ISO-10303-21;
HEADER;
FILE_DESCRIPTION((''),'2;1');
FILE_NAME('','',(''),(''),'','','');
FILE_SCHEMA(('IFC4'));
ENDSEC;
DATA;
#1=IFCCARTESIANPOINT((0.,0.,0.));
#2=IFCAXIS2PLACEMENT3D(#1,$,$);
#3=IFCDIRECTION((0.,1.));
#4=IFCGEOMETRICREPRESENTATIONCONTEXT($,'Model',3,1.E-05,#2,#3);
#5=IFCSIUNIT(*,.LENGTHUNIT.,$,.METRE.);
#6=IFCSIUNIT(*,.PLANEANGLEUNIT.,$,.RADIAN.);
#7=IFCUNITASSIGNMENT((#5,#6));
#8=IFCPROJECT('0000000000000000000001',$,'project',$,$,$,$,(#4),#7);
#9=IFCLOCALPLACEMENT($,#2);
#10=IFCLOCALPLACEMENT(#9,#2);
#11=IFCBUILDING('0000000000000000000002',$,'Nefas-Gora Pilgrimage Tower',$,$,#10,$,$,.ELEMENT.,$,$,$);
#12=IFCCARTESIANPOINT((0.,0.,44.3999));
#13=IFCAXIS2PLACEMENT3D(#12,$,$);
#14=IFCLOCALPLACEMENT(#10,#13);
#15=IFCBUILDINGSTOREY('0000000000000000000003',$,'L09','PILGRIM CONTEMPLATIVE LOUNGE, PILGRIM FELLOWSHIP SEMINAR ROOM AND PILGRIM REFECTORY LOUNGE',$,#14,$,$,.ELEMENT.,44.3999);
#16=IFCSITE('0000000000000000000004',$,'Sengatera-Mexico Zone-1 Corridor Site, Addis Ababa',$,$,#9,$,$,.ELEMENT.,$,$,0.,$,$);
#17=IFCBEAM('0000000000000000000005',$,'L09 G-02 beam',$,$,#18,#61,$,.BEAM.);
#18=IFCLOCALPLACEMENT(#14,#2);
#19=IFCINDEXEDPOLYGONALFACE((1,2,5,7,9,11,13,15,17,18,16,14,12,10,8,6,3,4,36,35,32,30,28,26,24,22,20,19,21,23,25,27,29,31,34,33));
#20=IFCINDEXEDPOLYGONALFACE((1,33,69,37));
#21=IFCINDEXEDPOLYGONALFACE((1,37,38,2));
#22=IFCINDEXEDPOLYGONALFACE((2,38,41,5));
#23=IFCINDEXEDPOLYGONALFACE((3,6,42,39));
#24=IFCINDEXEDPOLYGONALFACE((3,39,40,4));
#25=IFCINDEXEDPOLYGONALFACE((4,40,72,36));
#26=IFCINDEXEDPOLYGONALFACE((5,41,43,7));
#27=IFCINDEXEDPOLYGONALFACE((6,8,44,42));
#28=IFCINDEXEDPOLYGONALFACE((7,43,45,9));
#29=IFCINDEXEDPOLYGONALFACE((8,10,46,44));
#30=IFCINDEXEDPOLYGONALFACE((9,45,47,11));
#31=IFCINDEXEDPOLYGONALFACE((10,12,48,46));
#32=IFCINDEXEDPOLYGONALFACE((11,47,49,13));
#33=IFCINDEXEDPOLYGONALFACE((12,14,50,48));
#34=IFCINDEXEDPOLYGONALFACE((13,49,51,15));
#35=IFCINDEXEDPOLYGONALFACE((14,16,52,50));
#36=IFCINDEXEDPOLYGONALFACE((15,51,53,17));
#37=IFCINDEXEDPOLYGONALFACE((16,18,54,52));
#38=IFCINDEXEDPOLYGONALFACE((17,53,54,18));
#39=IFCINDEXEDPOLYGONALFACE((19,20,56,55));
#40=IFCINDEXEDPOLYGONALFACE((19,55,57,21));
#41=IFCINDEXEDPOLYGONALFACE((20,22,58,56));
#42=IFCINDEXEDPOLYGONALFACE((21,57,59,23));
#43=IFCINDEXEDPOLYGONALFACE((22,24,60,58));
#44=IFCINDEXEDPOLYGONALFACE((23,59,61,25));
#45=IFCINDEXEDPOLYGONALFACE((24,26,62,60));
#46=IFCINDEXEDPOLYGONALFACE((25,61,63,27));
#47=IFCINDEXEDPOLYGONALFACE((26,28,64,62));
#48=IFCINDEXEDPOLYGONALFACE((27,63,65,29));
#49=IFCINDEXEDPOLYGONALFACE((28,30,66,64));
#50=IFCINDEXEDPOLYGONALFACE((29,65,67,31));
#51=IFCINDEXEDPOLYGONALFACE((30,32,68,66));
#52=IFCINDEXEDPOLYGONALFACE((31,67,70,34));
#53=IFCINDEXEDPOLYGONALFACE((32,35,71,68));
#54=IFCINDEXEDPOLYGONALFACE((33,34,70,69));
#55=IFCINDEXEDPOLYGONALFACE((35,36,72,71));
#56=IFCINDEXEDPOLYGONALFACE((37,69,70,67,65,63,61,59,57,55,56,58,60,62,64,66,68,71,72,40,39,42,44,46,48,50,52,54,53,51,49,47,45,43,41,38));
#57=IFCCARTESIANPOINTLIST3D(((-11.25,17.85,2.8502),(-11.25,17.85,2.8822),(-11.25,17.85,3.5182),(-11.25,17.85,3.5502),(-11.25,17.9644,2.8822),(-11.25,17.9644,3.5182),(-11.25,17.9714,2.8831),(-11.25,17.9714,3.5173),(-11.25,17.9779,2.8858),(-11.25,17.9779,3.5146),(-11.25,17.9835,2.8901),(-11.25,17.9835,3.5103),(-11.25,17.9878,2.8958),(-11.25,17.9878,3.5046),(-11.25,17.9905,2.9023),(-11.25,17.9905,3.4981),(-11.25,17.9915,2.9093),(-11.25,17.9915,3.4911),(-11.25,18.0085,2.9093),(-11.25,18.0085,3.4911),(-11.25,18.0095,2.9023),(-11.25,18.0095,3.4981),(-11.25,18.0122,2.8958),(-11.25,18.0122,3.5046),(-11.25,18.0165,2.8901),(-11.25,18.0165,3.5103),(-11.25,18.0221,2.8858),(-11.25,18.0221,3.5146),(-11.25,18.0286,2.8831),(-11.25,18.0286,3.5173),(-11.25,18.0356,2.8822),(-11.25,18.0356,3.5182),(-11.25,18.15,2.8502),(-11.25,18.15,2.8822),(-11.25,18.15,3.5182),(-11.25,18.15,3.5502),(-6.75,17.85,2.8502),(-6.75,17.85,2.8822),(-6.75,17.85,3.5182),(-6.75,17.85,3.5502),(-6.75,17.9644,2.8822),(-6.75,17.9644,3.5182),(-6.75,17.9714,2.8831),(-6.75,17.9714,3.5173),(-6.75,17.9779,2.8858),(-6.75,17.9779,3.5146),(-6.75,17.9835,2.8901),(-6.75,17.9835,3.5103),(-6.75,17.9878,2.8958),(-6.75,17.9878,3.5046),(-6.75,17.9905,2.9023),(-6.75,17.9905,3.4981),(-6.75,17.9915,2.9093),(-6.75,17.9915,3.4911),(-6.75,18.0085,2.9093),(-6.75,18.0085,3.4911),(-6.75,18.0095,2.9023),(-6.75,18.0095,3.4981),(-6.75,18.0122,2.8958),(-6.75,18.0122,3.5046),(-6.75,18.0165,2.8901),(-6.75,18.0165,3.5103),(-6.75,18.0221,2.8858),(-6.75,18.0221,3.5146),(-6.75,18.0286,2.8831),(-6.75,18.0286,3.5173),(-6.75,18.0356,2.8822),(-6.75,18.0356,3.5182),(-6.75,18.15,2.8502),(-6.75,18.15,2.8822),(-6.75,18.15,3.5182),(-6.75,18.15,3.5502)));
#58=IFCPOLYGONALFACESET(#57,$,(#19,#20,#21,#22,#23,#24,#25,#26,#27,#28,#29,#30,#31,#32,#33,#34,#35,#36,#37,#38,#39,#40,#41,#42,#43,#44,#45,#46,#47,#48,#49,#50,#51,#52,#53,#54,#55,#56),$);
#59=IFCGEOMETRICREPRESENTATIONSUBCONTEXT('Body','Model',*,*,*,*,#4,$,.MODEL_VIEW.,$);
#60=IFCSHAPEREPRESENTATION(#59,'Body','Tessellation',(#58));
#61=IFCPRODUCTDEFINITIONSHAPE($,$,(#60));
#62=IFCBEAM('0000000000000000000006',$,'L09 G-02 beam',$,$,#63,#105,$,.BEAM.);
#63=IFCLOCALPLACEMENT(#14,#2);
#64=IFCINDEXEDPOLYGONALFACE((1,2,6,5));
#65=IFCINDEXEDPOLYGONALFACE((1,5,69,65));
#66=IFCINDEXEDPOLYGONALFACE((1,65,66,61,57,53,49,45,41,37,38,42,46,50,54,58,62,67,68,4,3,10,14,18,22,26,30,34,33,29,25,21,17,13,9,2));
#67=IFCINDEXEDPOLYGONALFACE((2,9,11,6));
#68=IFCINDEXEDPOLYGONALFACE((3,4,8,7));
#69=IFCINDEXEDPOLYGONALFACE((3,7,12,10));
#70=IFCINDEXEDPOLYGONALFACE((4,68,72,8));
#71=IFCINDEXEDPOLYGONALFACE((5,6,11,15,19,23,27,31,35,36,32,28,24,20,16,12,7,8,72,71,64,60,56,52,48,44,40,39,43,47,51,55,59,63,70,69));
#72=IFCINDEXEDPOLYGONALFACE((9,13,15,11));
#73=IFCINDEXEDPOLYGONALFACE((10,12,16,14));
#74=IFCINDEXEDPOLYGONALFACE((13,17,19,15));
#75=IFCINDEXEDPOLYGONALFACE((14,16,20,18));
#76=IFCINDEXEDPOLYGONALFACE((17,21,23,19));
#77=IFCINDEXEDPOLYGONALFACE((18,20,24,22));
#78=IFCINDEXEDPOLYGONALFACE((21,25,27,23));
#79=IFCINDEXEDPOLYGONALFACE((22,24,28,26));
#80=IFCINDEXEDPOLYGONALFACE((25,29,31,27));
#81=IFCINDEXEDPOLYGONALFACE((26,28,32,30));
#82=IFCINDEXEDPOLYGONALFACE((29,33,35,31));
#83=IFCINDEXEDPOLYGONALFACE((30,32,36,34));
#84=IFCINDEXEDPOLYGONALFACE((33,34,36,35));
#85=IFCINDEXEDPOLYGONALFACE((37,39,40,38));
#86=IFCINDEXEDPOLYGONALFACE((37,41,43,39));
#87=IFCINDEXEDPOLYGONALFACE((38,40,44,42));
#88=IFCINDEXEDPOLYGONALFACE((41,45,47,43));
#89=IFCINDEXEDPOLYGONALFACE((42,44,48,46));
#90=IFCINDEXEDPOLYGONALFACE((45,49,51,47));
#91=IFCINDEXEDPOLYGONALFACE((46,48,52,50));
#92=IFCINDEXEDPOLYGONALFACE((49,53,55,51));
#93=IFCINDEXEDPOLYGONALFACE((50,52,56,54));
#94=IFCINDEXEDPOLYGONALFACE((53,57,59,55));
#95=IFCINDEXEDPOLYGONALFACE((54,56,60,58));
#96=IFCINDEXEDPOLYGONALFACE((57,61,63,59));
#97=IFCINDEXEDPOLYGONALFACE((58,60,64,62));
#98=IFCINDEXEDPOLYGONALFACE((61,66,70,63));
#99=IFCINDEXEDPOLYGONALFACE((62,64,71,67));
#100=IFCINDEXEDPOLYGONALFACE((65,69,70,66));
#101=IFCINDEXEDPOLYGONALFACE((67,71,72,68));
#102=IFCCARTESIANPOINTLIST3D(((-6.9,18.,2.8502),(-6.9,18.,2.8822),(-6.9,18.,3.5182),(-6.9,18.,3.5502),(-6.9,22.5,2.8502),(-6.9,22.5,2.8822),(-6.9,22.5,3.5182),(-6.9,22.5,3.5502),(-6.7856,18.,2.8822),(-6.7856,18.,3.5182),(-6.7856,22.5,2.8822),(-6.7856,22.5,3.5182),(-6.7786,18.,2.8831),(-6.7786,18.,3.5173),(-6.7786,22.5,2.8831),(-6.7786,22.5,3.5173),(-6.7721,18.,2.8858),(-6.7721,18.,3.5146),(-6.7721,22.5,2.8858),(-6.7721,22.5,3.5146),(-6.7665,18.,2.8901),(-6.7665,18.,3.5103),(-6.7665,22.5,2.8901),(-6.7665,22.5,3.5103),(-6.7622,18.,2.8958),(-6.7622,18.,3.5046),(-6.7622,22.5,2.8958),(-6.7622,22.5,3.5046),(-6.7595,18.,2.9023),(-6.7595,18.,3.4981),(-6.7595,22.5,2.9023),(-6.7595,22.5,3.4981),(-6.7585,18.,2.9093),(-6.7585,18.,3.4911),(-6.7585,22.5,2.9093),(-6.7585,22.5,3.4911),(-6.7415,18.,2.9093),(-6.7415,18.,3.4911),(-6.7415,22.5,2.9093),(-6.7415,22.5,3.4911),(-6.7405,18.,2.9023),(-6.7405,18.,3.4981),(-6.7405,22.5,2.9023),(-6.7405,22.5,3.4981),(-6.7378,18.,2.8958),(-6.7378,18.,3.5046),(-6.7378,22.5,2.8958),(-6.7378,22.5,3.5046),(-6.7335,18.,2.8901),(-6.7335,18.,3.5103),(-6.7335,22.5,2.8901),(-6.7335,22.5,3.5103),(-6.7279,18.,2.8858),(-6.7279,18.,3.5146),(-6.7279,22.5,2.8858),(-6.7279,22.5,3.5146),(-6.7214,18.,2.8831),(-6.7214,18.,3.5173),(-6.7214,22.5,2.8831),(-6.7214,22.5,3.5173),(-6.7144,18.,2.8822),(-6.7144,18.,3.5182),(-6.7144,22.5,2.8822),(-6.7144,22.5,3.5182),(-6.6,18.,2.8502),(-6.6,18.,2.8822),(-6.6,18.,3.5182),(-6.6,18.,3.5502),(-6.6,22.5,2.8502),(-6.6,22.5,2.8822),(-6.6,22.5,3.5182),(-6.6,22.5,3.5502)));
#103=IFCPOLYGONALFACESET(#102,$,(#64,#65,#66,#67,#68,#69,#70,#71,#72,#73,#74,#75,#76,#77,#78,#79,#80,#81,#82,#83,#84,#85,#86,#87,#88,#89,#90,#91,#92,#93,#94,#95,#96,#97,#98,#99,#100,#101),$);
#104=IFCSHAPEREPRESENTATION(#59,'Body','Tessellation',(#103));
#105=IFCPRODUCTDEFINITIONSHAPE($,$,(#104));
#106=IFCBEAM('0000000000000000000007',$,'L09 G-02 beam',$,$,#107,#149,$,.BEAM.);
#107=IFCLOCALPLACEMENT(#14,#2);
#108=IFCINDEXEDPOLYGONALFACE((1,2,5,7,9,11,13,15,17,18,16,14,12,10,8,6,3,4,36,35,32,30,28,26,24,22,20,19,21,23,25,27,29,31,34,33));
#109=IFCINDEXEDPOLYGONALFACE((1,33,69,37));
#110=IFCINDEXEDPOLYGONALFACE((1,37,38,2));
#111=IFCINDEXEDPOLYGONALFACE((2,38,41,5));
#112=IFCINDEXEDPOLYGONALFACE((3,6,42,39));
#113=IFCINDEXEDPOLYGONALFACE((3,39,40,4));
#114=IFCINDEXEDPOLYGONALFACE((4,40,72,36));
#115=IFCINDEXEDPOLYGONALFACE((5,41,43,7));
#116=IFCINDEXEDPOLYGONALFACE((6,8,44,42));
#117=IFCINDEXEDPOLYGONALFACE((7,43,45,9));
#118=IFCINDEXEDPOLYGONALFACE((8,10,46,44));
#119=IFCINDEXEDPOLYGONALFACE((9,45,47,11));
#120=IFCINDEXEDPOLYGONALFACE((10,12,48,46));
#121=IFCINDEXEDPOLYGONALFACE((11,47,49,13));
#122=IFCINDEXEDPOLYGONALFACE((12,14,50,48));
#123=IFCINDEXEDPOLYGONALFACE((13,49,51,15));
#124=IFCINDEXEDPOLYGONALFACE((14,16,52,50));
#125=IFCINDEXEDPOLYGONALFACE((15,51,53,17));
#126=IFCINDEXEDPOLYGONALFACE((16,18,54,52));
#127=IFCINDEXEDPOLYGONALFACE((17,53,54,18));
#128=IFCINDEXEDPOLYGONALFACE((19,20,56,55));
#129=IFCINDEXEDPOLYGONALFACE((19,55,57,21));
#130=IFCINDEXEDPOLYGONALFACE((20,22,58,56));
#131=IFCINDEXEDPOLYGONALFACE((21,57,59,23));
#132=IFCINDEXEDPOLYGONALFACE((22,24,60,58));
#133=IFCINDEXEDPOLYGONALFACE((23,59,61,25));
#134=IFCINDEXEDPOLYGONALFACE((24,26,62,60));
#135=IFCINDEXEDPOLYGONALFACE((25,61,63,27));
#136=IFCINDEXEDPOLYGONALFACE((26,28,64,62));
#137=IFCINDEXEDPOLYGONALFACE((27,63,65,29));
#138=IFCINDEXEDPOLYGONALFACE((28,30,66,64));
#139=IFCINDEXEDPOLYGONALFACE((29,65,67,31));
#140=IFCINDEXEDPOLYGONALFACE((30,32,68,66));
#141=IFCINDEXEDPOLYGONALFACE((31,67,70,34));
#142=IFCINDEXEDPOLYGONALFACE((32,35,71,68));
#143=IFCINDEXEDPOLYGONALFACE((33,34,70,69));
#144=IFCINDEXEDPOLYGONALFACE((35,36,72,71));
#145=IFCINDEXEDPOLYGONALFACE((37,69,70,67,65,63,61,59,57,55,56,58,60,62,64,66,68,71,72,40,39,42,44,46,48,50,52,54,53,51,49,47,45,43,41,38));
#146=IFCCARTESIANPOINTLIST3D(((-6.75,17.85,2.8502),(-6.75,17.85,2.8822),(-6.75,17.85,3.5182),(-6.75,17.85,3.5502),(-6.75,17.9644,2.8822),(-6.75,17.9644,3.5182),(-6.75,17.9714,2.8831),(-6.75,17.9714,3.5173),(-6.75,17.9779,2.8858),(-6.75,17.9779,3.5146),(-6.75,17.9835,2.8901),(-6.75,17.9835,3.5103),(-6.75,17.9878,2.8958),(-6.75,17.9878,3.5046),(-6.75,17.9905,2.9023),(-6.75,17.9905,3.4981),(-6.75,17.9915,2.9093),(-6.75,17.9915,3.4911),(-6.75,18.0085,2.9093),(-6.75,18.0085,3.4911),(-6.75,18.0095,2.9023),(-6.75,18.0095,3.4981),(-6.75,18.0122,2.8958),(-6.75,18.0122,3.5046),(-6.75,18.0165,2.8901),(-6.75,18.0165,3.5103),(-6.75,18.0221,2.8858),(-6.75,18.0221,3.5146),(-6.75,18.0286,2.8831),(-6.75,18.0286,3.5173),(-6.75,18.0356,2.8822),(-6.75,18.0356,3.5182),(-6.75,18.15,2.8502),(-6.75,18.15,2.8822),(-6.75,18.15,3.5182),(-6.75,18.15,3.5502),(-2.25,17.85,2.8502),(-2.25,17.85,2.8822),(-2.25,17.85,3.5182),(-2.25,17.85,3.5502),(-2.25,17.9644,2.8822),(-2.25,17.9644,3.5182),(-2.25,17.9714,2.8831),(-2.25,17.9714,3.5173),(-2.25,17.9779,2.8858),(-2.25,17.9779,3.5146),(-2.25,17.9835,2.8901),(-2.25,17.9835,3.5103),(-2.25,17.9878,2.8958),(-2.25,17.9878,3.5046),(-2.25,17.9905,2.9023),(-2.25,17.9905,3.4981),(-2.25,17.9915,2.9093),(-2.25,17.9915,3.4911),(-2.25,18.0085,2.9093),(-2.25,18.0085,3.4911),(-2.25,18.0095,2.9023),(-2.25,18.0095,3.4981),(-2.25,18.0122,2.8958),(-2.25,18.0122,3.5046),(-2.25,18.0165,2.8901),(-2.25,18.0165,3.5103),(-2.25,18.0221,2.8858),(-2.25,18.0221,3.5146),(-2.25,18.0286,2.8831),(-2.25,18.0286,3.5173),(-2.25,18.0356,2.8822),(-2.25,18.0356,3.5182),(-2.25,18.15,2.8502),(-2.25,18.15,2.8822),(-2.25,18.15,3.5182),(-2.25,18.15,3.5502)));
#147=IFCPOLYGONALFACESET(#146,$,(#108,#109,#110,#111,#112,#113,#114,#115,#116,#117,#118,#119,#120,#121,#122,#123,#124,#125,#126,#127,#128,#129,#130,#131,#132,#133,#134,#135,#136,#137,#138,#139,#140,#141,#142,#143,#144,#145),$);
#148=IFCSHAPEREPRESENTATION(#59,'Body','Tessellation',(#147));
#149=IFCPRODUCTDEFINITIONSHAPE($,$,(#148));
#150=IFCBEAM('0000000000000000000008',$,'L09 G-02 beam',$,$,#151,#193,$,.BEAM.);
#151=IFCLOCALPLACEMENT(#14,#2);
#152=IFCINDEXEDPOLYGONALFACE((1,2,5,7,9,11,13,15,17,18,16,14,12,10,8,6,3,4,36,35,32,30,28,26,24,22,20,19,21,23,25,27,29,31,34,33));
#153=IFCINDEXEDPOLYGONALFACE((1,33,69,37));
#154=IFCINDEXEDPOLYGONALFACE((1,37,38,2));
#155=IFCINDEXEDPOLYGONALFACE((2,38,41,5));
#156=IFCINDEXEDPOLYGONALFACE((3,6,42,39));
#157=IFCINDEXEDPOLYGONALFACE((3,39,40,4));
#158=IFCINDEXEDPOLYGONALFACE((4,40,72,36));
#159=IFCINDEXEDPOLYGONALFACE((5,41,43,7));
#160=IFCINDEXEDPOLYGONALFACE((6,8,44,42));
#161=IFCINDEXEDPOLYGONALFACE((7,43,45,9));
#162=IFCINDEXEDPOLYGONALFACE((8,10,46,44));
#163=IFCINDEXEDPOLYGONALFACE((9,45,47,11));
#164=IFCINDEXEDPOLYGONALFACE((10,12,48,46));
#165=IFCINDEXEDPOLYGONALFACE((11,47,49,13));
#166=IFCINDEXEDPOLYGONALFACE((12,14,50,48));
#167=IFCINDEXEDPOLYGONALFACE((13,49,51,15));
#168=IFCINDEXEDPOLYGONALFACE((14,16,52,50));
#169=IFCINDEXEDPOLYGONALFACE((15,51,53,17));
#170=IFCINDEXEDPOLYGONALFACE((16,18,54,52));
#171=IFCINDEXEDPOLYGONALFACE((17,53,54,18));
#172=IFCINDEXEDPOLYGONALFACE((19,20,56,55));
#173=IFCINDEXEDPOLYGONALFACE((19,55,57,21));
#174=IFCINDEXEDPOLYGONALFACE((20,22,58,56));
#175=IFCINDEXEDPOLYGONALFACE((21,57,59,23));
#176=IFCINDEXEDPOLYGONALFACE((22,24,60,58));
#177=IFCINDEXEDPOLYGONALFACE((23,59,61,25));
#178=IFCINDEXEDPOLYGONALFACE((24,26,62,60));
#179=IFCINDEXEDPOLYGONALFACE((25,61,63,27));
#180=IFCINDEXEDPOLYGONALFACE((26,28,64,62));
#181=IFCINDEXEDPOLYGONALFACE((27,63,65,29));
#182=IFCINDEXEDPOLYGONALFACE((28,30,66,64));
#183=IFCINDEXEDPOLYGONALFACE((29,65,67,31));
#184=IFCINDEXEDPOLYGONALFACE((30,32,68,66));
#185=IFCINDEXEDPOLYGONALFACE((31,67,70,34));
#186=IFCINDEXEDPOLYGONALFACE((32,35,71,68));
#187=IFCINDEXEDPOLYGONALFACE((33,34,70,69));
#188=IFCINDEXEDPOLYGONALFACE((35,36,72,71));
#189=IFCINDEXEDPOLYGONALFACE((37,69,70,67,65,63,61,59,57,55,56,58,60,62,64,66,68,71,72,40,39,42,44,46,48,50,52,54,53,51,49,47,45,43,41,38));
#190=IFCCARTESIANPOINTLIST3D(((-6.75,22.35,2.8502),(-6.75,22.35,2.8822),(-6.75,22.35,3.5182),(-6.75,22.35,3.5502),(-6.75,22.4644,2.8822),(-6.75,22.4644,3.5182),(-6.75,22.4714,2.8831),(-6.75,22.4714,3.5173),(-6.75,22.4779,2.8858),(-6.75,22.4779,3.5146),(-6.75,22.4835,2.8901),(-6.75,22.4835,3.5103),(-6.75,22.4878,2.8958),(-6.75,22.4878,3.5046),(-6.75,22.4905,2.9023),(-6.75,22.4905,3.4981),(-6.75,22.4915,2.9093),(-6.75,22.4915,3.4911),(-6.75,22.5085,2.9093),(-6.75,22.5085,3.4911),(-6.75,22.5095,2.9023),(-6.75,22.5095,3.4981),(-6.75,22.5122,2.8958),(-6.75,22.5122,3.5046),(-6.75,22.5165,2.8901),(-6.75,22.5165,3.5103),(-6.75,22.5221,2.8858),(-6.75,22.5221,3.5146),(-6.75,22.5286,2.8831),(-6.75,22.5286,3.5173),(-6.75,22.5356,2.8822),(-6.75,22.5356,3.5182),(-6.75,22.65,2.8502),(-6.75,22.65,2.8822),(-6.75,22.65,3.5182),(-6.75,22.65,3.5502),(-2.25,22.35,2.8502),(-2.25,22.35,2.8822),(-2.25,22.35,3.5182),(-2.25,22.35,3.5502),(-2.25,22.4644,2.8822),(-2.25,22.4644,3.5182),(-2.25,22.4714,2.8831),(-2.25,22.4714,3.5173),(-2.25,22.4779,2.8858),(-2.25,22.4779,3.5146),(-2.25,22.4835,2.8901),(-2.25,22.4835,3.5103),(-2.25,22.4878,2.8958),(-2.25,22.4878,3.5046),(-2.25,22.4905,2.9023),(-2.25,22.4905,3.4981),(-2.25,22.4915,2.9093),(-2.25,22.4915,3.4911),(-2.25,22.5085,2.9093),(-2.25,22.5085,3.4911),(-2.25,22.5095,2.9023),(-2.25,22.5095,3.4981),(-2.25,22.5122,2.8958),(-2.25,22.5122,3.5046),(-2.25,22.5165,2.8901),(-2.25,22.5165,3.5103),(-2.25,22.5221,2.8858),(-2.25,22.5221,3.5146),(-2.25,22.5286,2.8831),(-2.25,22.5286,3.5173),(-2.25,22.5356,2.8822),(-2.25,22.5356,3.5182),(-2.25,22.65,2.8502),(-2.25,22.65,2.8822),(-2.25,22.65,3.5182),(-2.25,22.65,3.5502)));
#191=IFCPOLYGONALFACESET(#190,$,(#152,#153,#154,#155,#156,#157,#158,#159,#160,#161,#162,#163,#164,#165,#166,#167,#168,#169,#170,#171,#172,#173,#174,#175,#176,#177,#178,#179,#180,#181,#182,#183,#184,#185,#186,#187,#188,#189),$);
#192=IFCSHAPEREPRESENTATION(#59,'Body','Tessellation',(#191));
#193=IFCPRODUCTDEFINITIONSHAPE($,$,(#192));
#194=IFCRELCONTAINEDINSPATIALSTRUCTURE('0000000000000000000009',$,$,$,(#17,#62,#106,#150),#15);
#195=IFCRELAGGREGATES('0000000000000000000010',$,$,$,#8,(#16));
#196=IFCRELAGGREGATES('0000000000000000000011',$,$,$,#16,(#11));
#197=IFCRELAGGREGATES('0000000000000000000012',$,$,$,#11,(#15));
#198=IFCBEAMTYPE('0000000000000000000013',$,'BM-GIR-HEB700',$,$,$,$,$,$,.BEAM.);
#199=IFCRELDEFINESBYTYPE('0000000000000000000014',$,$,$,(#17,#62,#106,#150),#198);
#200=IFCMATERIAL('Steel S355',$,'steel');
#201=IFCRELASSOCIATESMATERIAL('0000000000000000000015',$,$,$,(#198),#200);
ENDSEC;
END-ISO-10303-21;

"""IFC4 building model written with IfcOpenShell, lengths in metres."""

from ifc_helpers import new_model, si_unit, direction, frame, origin, origin_2d, place, context, subcontext, project, spatial, i_section, extrude, source, transform, mapped, material, material_profile, profile_set, type_object, element, save


model = new_model("IFC4")

# Units and contexts
model_context = context("Model", 3, precision=1e-05, world=origin(), true_north=direction((0.0, 1.0)))
body_context = subcontext(model_context, "Body", "Model", "MODEL_VIEW")
ifc_project = project(units=[si_unit("LENGTHUNIT", "METRE"), si_unit("PLANEANGLEUNIT", "RADIAN")], contexts=[model_context])

# Site, building, storey
site_placement = place(None, origin())
site = spatial("IfcSite", under=ifc_project, at=site_placement, Name="Sengatera-Mexico Zone-1 Corridor Site, Addis Ababa", CompositionType="ELEMENT", RefElevation=0.0)
building_placement = place(site_placement, origin())
building = spatial("IfcBuilding", under=site, at=building_placement, Name="Nefas-Gora Pilgrimage Tower", CompositionType="ELEMENT")
storey_placement = place(building_placement, frame((0.0, 0.0, 44.3999)))
storey = spatial("IfcBuildingStorey", under=building, at=storey_placement, Name="L09", Description="PILGRIM CONTEMPLATIVE LOUNGE, PILGRIM FELLOWSHIP SEMINAR ROOM AND PILGRIM REFECTORY LOUNGE", CompositionType="ELEMENT", Elevation=44.3999)

# Beams
ifc_material_1 = material(Name="Steel S355", Category="steel")
ifc_material_profile_1 = material_profile(ifc_material_1, i_section(OverallWidth=0.3, OverallDepth=0.7, WebThickness=0.0171, FlangeThickness=0.032, FilletRadius=0.0271, at=origin_2d()), Name="HEB 700")
ifc_profile_set_1 = profile_set([ifc_material_profile_1], Name="Steel S355")
beam_type_1 = type_object("IfcBeamType", Name="BM-GIR-HEB700", PredefinedType="BEAM", material=ifc_profile_set_1)
shared_shape_1 = source(origin(), body_context, "Body", "SweptSolid", [
    extrude(i_section(OverallWidth=0.3, OverallDepth=0.7, WebThickness=0.0171, FlangeThickness=0.032, FilletRadius=0.0271, at=origin_2d()), origin(), (0.0, 0.0, 1.0), 4.5),
])
for number, where, z_axis, x_axis, name in (
    (1, (-11.25, 18.0, 3.2002), (1.0, 0.0, 0.0), (0.0, 1.0, 0.0), "L09 G-02 beam"),
    (2, (-6.75, 18.0, 3.2002), (0.0, 1.0, 0.0), (-1.0, 0.0, 0.0), "L09 G-02 beam"),
    (3, (-6.75, 18.0, 3.2002), (1.0, 0.0, 0.0), (0.0, 1.0, 0.0), "L09 G-02 beam"),
    (4, (-6.75, 22.5, 3.2002), (1.0, 0.0, 0.0), (0.0, 1.0, 0.0), "L09 G-02 beam"),
):
    element("IfcBeam", number, at=place(storey_placement, frame(where, z_axis=z_axis, x_axis=x_axis)), inside=storey, type_object=beam_type_1, Name=name, PredefinedType="BEAM", context=body_context, shape_type="MappedRepresentation", body=[
        mapped(shared_shape_1, transform((0.0, 0.0, 0.0), x_axis=(1.0, 0.0, 0.0), y_axis=(0.0, 1.0, 0.0), z_axis=(0.0, 0.0, 1.0), scale=1.0)),
    ])

save(model, "model.ifc")
